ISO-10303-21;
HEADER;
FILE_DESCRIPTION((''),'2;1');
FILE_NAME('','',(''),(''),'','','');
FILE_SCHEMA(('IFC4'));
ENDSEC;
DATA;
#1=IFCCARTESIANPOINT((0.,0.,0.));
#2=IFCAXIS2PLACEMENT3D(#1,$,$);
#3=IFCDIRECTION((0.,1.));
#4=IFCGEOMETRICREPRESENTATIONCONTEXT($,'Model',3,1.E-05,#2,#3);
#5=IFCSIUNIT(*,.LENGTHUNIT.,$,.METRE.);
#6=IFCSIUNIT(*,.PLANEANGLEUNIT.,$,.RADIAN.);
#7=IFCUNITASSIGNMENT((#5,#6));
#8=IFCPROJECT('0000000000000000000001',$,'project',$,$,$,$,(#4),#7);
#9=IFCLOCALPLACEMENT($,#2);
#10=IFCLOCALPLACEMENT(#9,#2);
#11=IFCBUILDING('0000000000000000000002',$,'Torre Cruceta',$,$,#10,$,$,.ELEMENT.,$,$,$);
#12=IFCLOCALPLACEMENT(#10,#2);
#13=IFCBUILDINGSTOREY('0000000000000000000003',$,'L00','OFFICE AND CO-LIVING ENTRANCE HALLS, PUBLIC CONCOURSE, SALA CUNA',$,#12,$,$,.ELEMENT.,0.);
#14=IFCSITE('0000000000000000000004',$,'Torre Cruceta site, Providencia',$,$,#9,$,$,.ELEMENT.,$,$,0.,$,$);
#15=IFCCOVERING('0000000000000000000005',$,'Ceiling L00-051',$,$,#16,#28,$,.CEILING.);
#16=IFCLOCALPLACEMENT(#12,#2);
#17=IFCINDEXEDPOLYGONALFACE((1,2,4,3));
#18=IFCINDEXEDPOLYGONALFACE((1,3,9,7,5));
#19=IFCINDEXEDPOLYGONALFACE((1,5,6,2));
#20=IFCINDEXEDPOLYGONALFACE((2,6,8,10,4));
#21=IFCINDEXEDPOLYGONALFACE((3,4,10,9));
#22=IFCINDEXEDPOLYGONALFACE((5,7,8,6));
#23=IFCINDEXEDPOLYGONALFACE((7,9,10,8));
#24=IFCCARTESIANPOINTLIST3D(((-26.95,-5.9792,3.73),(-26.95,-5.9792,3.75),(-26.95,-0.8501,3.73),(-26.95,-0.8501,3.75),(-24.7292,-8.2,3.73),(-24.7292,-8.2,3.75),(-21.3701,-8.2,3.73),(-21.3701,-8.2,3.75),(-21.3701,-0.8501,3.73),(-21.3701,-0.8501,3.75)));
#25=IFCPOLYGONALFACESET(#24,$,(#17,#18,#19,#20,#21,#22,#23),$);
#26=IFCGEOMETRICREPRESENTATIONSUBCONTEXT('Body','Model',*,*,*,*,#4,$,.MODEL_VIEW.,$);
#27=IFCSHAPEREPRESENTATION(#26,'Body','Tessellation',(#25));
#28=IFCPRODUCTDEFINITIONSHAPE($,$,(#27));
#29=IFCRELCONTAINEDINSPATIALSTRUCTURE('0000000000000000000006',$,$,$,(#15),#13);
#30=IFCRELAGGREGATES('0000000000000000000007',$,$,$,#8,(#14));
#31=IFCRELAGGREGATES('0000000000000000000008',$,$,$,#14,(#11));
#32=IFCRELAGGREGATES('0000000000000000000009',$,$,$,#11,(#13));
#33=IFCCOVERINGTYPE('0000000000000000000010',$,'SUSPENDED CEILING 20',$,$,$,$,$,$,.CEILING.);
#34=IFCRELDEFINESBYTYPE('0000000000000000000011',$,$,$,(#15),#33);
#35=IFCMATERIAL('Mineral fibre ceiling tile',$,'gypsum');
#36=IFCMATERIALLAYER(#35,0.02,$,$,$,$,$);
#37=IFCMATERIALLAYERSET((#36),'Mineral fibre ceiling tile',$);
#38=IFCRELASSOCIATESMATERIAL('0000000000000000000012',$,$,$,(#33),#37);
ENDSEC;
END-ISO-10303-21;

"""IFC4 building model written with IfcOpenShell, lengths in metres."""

from ifc_helpers import new_model, si_unit, direction, frame, origin, place, context, subcontext, project, spatial, polyline, outline, extrude, material, layer, layer_set, type_object, element, save


model = new_model("IFC4")

# Units and contexts
model_context = context("Model", 3, precision=1e-05, world=origin(), true_north=direction((0.0, 1.0)))
body_context = subcontext(model_context, "Body", "Model", "MODEL_VIEW")
ifc_project = project(units=[si_unit("LENGTHUNIT", "METRE"), si_unit("PLANEANGLEUNIT", "RADIAN")], contexts=[model_context])

# Site, building, storey
site_placement = place(None, origin())
site = spatial("IfcSite", under=ifc_project, at=site_placement, Name="Torre Cruceta site, Providencia", CompositionType="ELEMENT", RefElevation=0.0)
building_placement = place(site_placement, origin())
building = spatial("IfcBuilding", under=site, at=building_placement, Name="Torre Cruceta", CompositionType="ELEMENT")
storey_placement = place(building_placement, origin())
storey = spatial("IfcBuildingStorey", under=building, at=storey_placement, Name="L00", Description="OFFICE AND CO-LIVING ENTRANCE HALLS, PUBLIC CONCOURSE, SALA CUNA", CompositionType="ELEMENT", Elevation=0.0)

# Covering
ifc_material_1 = material(Name="Mineral fibre ceiling tile", Category="gypsum")
ifc_layer_1 = layer(ifc_material_1, 0.02)
ifc_layer_set_1 = layer_set([ifc_layer_1], Name="Mineral fibre ceiling tile")
covering_type_1 = type_object("IfcCoveringType", Name="SUSPENDED CEILING 20", PredefinedType="CEILING", material=ifc_layer_set_1)
covering_1_placement = place(storey_placement, frame((0.0, 0.0, 3.73)))
element("IfcCovering", 1, at=covering_1_placement, inside=storey, type_object=covering_type_1, Name="Ceiling L00-051", PredefinedType="CEILING", context=body_context, shape_type="SweptSolid", body=[
    extrude(outline(polyline([(-26.95, -0.8501), (-21.3701, -0.8501), (-21.3701, -8.2), (-24.7292, -8.2), (-26.95, -5.9792), (-26.95, -0.8501)])), origin(), (0.0, 0.0, 1.0), 0.02),
])

save(model, "model.ifc")
